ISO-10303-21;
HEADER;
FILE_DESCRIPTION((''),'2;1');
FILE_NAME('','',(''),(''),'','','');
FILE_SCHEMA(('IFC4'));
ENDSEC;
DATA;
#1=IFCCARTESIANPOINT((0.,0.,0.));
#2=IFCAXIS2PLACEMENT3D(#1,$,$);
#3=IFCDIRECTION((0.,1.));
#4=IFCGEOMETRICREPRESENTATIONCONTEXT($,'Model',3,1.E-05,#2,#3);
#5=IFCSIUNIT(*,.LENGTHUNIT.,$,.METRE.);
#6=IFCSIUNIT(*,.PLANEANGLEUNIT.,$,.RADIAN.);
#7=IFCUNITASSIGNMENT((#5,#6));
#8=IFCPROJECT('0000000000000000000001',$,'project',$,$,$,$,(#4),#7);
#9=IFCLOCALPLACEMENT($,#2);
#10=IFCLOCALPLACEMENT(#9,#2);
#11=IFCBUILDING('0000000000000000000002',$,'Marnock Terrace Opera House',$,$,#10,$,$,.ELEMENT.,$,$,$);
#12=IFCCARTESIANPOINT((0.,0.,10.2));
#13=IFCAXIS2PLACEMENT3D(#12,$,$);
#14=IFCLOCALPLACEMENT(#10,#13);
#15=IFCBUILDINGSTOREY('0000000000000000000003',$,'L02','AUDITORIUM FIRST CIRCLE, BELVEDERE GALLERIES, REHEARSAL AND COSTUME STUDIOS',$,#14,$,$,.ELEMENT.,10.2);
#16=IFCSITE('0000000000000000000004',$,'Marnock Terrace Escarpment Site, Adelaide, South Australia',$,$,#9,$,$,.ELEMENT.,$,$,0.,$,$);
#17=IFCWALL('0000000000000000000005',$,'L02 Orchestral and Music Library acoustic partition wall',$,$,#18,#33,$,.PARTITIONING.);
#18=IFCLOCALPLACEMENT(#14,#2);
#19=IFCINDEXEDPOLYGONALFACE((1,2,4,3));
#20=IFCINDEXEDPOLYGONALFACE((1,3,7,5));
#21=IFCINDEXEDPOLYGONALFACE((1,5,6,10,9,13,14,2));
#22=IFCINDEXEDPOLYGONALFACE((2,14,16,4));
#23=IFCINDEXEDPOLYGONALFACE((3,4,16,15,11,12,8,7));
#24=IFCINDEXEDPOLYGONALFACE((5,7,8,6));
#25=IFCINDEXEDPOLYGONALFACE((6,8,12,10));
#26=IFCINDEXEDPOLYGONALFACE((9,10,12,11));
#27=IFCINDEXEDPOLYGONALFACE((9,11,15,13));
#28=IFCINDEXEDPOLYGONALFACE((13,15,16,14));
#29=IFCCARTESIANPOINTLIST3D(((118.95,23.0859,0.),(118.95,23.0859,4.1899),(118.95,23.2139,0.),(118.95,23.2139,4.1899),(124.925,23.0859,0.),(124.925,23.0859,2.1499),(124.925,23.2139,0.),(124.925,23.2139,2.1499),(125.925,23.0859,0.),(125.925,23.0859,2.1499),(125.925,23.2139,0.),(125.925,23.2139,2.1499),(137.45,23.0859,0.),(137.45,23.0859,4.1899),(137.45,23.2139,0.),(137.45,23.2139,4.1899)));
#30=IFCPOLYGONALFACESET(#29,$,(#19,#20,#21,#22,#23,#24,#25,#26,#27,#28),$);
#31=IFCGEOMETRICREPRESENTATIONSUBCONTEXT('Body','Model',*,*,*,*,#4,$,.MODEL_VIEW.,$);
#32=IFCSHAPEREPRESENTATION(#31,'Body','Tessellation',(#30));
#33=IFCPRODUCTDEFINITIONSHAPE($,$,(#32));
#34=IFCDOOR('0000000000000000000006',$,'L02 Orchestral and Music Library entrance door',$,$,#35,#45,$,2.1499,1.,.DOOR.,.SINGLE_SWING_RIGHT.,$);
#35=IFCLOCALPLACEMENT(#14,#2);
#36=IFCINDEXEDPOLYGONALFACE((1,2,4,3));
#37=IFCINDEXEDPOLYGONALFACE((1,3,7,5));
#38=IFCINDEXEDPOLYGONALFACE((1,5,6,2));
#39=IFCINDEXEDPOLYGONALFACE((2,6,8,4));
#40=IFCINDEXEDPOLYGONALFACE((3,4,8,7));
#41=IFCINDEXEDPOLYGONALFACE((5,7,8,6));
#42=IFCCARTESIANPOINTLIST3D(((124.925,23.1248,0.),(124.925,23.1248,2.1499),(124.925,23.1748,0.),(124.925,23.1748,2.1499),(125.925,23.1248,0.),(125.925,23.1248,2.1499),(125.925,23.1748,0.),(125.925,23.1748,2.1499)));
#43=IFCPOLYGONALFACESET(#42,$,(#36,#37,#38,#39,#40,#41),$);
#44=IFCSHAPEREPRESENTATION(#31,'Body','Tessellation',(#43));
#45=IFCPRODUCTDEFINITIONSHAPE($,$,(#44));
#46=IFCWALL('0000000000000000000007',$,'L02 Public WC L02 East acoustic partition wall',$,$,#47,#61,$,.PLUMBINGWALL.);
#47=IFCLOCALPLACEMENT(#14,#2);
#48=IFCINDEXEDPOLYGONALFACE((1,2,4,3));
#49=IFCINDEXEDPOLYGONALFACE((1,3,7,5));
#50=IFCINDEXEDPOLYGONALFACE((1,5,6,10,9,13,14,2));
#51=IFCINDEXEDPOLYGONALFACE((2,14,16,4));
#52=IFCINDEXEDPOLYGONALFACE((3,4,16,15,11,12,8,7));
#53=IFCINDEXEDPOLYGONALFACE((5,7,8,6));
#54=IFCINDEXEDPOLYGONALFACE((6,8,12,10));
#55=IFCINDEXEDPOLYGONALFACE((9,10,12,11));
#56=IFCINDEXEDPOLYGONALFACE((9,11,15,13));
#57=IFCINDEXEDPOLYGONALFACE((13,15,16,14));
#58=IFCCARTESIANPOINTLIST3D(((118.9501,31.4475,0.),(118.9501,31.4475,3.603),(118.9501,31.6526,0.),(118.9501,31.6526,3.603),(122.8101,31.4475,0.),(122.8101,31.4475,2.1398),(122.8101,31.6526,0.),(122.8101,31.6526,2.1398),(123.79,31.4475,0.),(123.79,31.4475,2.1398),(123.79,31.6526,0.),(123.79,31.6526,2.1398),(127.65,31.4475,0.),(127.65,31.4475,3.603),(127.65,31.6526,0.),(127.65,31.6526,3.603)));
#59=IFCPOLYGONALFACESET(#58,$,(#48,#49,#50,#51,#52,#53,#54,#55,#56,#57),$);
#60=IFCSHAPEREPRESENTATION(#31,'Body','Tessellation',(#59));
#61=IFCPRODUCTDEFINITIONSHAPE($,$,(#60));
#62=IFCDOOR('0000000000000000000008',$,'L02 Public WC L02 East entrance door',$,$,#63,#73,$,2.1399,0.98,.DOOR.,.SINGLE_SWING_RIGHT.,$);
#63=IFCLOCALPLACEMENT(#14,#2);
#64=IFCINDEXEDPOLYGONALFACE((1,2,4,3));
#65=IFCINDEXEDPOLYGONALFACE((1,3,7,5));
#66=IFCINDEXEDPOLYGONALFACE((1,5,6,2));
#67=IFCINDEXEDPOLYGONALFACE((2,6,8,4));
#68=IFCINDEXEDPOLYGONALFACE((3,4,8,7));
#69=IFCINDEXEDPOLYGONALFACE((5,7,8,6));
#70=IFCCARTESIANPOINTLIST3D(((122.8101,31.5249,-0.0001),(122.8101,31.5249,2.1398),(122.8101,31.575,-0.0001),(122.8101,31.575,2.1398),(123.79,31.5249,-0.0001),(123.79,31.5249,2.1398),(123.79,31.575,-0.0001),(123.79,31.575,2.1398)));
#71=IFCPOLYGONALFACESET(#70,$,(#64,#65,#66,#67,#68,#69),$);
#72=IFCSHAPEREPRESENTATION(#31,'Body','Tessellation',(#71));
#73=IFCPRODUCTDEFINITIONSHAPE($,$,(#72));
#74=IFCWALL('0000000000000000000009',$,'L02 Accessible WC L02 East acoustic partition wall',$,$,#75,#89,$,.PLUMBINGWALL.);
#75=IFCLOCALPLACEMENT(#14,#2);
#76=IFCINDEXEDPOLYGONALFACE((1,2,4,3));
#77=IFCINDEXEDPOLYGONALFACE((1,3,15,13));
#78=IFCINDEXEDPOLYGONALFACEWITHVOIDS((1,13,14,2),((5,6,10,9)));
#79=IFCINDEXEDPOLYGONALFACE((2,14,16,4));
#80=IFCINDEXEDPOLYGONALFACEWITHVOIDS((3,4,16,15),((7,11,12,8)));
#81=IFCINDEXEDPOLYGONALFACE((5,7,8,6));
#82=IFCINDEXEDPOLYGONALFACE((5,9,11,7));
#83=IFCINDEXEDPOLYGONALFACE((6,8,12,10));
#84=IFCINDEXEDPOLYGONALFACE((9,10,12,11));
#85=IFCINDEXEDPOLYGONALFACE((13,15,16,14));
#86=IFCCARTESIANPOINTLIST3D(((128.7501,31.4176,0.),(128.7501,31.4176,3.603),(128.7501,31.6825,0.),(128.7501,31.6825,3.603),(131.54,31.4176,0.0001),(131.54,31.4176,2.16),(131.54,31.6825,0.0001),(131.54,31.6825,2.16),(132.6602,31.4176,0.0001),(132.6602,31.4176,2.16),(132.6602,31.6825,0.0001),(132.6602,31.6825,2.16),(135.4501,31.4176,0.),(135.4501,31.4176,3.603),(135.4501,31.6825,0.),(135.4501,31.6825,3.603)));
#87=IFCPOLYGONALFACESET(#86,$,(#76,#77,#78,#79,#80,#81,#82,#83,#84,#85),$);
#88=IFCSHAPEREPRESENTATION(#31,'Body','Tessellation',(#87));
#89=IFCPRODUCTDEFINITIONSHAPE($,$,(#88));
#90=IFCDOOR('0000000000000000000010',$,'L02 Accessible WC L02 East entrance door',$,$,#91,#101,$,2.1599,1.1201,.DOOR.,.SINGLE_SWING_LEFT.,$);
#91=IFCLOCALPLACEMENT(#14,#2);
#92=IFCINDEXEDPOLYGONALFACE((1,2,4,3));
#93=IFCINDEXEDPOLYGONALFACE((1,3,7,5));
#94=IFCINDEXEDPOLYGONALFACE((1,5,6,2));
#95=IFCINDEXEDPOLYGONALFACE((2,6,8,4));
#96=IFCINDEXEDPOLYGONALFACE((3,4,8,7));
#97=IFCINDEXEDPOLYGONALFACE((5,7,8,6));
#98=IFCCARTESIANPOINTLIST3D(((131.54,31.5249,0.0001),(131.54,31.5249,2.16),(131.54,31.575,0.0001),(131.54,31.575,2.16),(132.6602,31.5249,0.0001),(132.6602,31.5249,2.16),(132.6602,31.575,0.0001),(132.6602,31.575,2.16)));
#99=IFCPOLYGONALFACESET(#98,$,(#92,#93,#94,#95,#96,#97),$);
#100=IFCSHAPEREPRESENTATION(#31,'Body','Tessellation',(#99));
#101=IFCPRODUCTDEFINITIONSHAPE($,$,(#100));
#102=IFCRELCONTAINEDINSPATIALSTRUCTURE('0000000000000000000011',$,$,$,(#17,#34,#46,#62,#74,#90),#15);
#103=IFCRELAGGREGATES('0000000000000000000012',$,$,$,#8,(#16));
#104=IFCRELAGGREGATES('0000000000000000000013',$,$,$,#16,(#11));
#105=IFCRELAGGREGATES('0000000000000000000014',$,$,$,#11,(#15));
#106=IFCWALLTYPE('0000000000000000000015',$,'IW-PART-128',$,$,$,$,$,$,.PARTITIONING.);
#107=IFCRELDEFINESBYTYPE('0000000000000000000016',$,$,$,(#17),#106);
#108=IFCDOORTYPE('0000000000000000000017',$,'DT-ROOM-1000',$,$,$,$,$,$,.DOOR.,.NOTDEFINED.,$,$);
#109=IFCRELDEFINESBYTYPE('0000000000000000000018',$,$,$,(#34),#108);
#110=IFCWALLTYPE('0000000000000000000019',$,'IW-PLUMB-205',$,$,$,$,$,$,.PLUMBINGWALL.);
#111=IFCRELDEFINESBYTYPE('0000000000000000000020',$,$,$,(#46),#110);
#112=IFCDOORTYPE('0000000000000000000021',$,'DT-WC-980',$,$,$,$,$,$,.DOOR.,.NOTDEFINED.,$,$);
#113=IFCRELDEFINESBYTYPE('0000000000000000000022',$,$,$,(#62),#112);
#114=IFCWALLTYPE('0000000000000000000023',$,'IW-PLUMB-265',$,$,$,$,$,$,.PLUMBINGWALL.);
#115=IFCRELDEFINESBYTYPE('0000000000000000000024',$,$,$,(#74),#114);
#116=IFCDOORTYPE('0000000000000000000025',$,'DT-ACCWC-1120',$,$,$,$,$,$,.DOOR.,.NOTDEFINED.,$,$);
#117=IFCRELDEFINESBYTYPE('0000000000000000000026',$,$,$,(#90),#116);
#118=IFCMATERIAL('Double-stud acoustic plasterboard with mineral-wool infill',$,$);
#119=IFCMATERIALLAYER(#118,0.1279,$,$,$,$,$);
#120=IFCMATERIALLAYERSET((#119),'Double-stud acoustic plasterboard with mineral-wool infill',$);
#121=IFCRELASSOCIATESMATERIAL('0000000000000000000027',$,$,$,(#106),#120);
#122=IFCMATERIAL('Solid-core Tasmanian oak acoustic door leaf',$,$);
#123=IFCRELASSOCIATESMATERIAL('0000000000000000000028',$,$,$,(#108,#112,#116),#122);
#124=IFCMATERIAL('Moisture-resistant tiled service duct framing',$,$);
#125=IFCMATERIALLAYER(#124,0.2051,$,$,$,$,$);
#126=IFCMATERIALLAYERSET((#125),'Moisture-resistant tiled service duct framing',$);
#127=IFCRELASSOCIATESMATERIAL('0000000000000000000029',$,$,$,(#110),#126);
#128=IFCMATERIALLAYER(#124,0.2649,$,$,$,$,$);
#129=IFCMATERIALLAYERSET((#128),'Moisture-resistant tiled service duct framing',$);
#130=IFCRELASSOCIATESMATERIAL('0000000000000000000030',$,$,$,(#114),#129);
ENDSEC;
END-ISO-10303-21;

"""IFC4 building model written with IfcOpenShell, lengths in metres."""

from ifc_helpers import new_model, si_unit, direction, frame, frame_2d, origin, place, context, subcontext, project, spatial, rectangle, extrude, material, layer, layer_set, type_object, element, fill, save


model = new_model("IFC4")

# Units and contexts
model_context = context("Model", 3, precision=1e-05, world=origin(), true_north=direction((0.0, 1.0)))
body_context = subcontext(model_context, "Body", "Model", "MODEL_VIEW")
ifc_project = project(units=[si_unit("LENGTHUNIT", "METRE"), si_unit("PLANEANGLEUNIT", "RADIAN")], contexts=[model_context])

# Site, building, storey
site_placement = place(None, origin())
site = spatial("IfcSite", under=ifc_project, at=site_placement, Name="Marnock Terrace Escarpment Site, Adelaide, South Australia", CompositionType="ELEMENT", RefElevation=0.0)
building_placement = place(site_placement, origin())
building = spatial("IfcBuilding", under=site, at=building_placement, Name="Marnock Terrace Opera House", CompositionType="ELEMENT")
storey_placement = place(building_placement, frame((0.0, 0.0, 10.2)))
storey = spatial("IfcBuildingStorey", under=building, at=storey_placement, Name="L02", Description="AUDITORIUM FIRST CIRCLE, BELVEDERE GALLERIES, REHEARSAL AND COSTUME STUDIOS", CompositionType="ELEMENT", Elevation=10.2)

# Walls, openings, doors
ifc_material_1 = material(Name="Double-stud acoustic plasterboard with mineral-wool infill")
ifc_layer_1 = layer(ifc_material_1, 0.1279)
ifc_layer_set_1 = layer_set([ifc_layer_1], Name="Double-stud acoustic plasterboard with mineral-wool infill")
wall_type_1 = type_object("IfcWallType", Name="IW-PART-128", PredefinedType="PARTITIONING", material=ifc_layer_set_1)
wall_1_placement = place(storey_placement, frame((118.95, 23.1499, 0.0), z_axis=(0.0, 0.0, 1.0), x_axis=(1.0, 0.0, 0.0)))
wall_1 = element("IfcWall", 1, at=wall_1_placement, inside=storey, type_object=wall_type_1, Name="L02 Orchestral and Music Library acoustic partition wall", PredefinedType="PARTITIONING", context=body_context, shape_type="SweptSolid", body=[
    extrude(rectangle(XDim=18.5, YDim=0.1279, at=frame_2d((9.25, 0.0))), origin(), (0.0, 0.0, 1.0), 4.1899),
])
opening_1_placement = place(wall_1_placement, frame((5.9751, 0.0, 0.0)))
opening_1 = element("IfcOpeningElement", 2, at=opening_1_placement, cuts=wall_1, PredefinedType="OPENING", context=body_context, shape_type="SweptSolid", body=[
    extrude(rectangle(XDim=1.0, YDim=2.1499, at=frame_2d((0.5, 1.075))), frame((0.0, 0.074, 0.0), z_axis=(0.0, -1.0, 0.0), x_axis=(1.0, 0.0, 0.0)), (0.0, 0.0, 1.0), 0.1479),
])
ifc_material_2 = material(Name="Solid-core Tasmanian oak acoustic door leaf")
door_type_1 = type_object("IfcDoorType", Name="DT-ROOM-1000", OperationType="NOTDEFINED", PredefinedType="DOOR", material=ifc_material_2)
door_1_placement = place(opening_1_placement, origin())
door_1 = element("IfcDoor", 3, at=door_1_placement, inside=storey, type_object=door_type_1, Name="L02 Orchestral and Music Library entrance door", OperationType="SINGLE_SWING_RIGHT", OverallHeight=2.1499, OverallWidth=1.0, PredefinedType="DOOR", context=body_context, shape_type="SweptSolid", body=[
    extrude(rectangle(XDim=1.0, YDim=2.1499, at=frame_2d((0.5, 1.075))), frame((0.0, 0.0249, 0.0), z_axis=(0.0, -1.0, 0.0), x_axis=(1.0, 0.0, 0.0)), (0.0, 0.0, 1.0), 0.05),
])
fill(opening_1, door_1)
ifc_material_3 = material(Name="Moisture-resistant tiled service duct framing")
ifc_layer_2 = layer(ifc_material_3, 0.2051)
ifc_layer_set_2 = layer_set([ifc_layer_2], Name="Moisture-resistant tiled service duct framing")
wall_type_2 = type_object("IfcWallType", Name="IW-PLUMB-205", PredefinedType="PLUMBINGWALL", material=ifc_layer_set_2)
wall_2_placement = place(storey_placement, frame((118.95, 31.55, 0.0), z_axis=(0.0, 0.0, 1.0), x_axis=(1.0, 0.0, 0.0)))
wall_2 = element("IfcWall", 4, at=wall_2_placement, inside=storey, type_object=wall_type_2, Name="L02 Public WC L02 East acoustic partition wall", PredefinedType="PLUMBINGWALL", context=body_context, shape_type="SweptSolid", body=[
    extrude(rectangle(XDim=8.7, YDim=0.2051, at=frame_2d((4.3501, 0.0))), origin(), (0.0, 0.0, 1.0), 3.603),
])
opening_2_placement = place(wall_2_placement, frame((3.8601, 0.0, 0.0)))
opening_2 = element("IfcOpeningElement", 5, at=opening_2_placement, cuts=wall_2, PredefinedType="OPENING", context=body_context, shape_type="SweptSolid", body=[
    extrude(rectangle(XDim=0.98, YDim=2.1399, at=frame_2d((0.49, 1.0698))), frame((0.0, 0.1125, 0.0), z_axis=(0.0, -1.0, 0.0), x_axis=(1.0, 0.0, 0.0)), (0.0, 0.0, 1.0), 0.2251),
])
door_type_2 = type_object("IfcDoorType", Name="DT-WC-980", OperationType="NOTDEFINED", PredefinedType="DOOR", material=ifc_material_2)
door_2_placement = place(opening_2_placement, origin())
door_2 = element("IfcDoor", 6, at=door_2_placement, inside=storey, type_object=door_type_2, Name="L02 Public WC L02 East entrance door", OperationType="SINGLE_SWING_RIGHT", OverallHeight=2.1399, OverallWidth=0.98, PredefinedType="DOOR", context=body_context, shape_type="SweptSolid", body=[
    extrude(rectangle(XDim=0.98, YDim=2.1399, at=frame_2d((0.49, 1.0698))), frame((0.0, 0.0249, 0.0), z_axis=(0.0, -1.0, 0.0), x_axis=(1.0, 0.0, 0.0)), (0.0, 0.0, 1.0), 0.05),
])
fill(opening_2, door_2)
ifc_layer_3 = layer(ifc_material_3, 0.2649)
ifc_layer_set_3 = layer_set([ifc_layer_3], Name="Moisture-resistant tiled service duct framing")
wall_type_3 = type_object("IfcWallType", Name="IW-PLUMB-265", PredefinedType="PLUMBINGWALL", material=ifc_layer_set_3)
wall_3_placement = place(storey_placement, frame((128.75, 31.55, 0.0), z_axis=(0.0, 0.0, 1.0), x_axis=(1.0, 0.0, 0.0)))
wall_3 = element("IfcWall", 7, at=wall_3_placement, inside=storey, type_object=wall_type_3, Name="L02 Accessible WC L02 East acoustic partition wall", PredefinedType="PLUMBINGWALL", context=body_context, shape_type="SweptSolid", body=[
    extrude(rectangle(XDim=6.7, YDim=0.2649, at=frame_2d((3.3501, 0.0))), origin(), (0.0, 0.0, 1.0), 3.603),
])
opening_3_placement = place(wall_3_placement, frame((2.79, 0.0, 0.0)))
opening_3 = element("IfcOpeningElement", 8, at=opening_3_placement, cuts=wall_3, PredefinedType="OPENING", context=body_context, shape_type="SweptSolid", body=[
    extrude(rectangle(XDim=1.1201, YDim=2.1599, at=frame_2d((0.5601, 1.0801))), frame((0.0, 0.1423, 0.0), z_axis=(0.0, -1.0, 0.0), x_axis=(1.0, 0.0, 0.0)), (0.0, 0.0, 1.0), 0.2849),
])
door_type_3 = type_object("IfcDoorType", Name="DT-ACCWC-1120", OperationType="NOTDEFINED", PredefinedType="DOOR", material=ifc_material_2)
door_3_placement = place(opening_3_placement, origin())
door_3 = element("IfcDoor", 9, at=door_3_placement, inside=storey, type_object=door_type_3, Name="L02 Accessible WC L02 East entrance door", OperationType="SINGLE_SWING_LEFT", OverallHeight=2.1599, OverallWidth=1.1201, PredefinedType="DOOR", context=body_context, shape_type="SweptSolid", body=[
    extrude(rectangle(XDim=1.1201, YDim=2.1599, at=frame_2d((0.5601, 1.0801))), frame((0.0, 0.0249, 0.0), z_axis=(0.0, -1.0, 0.0), x_axis=(1.0, 0.0, 0.0)), (0.0, 0.0, 1.0), 0.05),
])
fill(opening_3, door_3)

save(model, "model.ifc")
